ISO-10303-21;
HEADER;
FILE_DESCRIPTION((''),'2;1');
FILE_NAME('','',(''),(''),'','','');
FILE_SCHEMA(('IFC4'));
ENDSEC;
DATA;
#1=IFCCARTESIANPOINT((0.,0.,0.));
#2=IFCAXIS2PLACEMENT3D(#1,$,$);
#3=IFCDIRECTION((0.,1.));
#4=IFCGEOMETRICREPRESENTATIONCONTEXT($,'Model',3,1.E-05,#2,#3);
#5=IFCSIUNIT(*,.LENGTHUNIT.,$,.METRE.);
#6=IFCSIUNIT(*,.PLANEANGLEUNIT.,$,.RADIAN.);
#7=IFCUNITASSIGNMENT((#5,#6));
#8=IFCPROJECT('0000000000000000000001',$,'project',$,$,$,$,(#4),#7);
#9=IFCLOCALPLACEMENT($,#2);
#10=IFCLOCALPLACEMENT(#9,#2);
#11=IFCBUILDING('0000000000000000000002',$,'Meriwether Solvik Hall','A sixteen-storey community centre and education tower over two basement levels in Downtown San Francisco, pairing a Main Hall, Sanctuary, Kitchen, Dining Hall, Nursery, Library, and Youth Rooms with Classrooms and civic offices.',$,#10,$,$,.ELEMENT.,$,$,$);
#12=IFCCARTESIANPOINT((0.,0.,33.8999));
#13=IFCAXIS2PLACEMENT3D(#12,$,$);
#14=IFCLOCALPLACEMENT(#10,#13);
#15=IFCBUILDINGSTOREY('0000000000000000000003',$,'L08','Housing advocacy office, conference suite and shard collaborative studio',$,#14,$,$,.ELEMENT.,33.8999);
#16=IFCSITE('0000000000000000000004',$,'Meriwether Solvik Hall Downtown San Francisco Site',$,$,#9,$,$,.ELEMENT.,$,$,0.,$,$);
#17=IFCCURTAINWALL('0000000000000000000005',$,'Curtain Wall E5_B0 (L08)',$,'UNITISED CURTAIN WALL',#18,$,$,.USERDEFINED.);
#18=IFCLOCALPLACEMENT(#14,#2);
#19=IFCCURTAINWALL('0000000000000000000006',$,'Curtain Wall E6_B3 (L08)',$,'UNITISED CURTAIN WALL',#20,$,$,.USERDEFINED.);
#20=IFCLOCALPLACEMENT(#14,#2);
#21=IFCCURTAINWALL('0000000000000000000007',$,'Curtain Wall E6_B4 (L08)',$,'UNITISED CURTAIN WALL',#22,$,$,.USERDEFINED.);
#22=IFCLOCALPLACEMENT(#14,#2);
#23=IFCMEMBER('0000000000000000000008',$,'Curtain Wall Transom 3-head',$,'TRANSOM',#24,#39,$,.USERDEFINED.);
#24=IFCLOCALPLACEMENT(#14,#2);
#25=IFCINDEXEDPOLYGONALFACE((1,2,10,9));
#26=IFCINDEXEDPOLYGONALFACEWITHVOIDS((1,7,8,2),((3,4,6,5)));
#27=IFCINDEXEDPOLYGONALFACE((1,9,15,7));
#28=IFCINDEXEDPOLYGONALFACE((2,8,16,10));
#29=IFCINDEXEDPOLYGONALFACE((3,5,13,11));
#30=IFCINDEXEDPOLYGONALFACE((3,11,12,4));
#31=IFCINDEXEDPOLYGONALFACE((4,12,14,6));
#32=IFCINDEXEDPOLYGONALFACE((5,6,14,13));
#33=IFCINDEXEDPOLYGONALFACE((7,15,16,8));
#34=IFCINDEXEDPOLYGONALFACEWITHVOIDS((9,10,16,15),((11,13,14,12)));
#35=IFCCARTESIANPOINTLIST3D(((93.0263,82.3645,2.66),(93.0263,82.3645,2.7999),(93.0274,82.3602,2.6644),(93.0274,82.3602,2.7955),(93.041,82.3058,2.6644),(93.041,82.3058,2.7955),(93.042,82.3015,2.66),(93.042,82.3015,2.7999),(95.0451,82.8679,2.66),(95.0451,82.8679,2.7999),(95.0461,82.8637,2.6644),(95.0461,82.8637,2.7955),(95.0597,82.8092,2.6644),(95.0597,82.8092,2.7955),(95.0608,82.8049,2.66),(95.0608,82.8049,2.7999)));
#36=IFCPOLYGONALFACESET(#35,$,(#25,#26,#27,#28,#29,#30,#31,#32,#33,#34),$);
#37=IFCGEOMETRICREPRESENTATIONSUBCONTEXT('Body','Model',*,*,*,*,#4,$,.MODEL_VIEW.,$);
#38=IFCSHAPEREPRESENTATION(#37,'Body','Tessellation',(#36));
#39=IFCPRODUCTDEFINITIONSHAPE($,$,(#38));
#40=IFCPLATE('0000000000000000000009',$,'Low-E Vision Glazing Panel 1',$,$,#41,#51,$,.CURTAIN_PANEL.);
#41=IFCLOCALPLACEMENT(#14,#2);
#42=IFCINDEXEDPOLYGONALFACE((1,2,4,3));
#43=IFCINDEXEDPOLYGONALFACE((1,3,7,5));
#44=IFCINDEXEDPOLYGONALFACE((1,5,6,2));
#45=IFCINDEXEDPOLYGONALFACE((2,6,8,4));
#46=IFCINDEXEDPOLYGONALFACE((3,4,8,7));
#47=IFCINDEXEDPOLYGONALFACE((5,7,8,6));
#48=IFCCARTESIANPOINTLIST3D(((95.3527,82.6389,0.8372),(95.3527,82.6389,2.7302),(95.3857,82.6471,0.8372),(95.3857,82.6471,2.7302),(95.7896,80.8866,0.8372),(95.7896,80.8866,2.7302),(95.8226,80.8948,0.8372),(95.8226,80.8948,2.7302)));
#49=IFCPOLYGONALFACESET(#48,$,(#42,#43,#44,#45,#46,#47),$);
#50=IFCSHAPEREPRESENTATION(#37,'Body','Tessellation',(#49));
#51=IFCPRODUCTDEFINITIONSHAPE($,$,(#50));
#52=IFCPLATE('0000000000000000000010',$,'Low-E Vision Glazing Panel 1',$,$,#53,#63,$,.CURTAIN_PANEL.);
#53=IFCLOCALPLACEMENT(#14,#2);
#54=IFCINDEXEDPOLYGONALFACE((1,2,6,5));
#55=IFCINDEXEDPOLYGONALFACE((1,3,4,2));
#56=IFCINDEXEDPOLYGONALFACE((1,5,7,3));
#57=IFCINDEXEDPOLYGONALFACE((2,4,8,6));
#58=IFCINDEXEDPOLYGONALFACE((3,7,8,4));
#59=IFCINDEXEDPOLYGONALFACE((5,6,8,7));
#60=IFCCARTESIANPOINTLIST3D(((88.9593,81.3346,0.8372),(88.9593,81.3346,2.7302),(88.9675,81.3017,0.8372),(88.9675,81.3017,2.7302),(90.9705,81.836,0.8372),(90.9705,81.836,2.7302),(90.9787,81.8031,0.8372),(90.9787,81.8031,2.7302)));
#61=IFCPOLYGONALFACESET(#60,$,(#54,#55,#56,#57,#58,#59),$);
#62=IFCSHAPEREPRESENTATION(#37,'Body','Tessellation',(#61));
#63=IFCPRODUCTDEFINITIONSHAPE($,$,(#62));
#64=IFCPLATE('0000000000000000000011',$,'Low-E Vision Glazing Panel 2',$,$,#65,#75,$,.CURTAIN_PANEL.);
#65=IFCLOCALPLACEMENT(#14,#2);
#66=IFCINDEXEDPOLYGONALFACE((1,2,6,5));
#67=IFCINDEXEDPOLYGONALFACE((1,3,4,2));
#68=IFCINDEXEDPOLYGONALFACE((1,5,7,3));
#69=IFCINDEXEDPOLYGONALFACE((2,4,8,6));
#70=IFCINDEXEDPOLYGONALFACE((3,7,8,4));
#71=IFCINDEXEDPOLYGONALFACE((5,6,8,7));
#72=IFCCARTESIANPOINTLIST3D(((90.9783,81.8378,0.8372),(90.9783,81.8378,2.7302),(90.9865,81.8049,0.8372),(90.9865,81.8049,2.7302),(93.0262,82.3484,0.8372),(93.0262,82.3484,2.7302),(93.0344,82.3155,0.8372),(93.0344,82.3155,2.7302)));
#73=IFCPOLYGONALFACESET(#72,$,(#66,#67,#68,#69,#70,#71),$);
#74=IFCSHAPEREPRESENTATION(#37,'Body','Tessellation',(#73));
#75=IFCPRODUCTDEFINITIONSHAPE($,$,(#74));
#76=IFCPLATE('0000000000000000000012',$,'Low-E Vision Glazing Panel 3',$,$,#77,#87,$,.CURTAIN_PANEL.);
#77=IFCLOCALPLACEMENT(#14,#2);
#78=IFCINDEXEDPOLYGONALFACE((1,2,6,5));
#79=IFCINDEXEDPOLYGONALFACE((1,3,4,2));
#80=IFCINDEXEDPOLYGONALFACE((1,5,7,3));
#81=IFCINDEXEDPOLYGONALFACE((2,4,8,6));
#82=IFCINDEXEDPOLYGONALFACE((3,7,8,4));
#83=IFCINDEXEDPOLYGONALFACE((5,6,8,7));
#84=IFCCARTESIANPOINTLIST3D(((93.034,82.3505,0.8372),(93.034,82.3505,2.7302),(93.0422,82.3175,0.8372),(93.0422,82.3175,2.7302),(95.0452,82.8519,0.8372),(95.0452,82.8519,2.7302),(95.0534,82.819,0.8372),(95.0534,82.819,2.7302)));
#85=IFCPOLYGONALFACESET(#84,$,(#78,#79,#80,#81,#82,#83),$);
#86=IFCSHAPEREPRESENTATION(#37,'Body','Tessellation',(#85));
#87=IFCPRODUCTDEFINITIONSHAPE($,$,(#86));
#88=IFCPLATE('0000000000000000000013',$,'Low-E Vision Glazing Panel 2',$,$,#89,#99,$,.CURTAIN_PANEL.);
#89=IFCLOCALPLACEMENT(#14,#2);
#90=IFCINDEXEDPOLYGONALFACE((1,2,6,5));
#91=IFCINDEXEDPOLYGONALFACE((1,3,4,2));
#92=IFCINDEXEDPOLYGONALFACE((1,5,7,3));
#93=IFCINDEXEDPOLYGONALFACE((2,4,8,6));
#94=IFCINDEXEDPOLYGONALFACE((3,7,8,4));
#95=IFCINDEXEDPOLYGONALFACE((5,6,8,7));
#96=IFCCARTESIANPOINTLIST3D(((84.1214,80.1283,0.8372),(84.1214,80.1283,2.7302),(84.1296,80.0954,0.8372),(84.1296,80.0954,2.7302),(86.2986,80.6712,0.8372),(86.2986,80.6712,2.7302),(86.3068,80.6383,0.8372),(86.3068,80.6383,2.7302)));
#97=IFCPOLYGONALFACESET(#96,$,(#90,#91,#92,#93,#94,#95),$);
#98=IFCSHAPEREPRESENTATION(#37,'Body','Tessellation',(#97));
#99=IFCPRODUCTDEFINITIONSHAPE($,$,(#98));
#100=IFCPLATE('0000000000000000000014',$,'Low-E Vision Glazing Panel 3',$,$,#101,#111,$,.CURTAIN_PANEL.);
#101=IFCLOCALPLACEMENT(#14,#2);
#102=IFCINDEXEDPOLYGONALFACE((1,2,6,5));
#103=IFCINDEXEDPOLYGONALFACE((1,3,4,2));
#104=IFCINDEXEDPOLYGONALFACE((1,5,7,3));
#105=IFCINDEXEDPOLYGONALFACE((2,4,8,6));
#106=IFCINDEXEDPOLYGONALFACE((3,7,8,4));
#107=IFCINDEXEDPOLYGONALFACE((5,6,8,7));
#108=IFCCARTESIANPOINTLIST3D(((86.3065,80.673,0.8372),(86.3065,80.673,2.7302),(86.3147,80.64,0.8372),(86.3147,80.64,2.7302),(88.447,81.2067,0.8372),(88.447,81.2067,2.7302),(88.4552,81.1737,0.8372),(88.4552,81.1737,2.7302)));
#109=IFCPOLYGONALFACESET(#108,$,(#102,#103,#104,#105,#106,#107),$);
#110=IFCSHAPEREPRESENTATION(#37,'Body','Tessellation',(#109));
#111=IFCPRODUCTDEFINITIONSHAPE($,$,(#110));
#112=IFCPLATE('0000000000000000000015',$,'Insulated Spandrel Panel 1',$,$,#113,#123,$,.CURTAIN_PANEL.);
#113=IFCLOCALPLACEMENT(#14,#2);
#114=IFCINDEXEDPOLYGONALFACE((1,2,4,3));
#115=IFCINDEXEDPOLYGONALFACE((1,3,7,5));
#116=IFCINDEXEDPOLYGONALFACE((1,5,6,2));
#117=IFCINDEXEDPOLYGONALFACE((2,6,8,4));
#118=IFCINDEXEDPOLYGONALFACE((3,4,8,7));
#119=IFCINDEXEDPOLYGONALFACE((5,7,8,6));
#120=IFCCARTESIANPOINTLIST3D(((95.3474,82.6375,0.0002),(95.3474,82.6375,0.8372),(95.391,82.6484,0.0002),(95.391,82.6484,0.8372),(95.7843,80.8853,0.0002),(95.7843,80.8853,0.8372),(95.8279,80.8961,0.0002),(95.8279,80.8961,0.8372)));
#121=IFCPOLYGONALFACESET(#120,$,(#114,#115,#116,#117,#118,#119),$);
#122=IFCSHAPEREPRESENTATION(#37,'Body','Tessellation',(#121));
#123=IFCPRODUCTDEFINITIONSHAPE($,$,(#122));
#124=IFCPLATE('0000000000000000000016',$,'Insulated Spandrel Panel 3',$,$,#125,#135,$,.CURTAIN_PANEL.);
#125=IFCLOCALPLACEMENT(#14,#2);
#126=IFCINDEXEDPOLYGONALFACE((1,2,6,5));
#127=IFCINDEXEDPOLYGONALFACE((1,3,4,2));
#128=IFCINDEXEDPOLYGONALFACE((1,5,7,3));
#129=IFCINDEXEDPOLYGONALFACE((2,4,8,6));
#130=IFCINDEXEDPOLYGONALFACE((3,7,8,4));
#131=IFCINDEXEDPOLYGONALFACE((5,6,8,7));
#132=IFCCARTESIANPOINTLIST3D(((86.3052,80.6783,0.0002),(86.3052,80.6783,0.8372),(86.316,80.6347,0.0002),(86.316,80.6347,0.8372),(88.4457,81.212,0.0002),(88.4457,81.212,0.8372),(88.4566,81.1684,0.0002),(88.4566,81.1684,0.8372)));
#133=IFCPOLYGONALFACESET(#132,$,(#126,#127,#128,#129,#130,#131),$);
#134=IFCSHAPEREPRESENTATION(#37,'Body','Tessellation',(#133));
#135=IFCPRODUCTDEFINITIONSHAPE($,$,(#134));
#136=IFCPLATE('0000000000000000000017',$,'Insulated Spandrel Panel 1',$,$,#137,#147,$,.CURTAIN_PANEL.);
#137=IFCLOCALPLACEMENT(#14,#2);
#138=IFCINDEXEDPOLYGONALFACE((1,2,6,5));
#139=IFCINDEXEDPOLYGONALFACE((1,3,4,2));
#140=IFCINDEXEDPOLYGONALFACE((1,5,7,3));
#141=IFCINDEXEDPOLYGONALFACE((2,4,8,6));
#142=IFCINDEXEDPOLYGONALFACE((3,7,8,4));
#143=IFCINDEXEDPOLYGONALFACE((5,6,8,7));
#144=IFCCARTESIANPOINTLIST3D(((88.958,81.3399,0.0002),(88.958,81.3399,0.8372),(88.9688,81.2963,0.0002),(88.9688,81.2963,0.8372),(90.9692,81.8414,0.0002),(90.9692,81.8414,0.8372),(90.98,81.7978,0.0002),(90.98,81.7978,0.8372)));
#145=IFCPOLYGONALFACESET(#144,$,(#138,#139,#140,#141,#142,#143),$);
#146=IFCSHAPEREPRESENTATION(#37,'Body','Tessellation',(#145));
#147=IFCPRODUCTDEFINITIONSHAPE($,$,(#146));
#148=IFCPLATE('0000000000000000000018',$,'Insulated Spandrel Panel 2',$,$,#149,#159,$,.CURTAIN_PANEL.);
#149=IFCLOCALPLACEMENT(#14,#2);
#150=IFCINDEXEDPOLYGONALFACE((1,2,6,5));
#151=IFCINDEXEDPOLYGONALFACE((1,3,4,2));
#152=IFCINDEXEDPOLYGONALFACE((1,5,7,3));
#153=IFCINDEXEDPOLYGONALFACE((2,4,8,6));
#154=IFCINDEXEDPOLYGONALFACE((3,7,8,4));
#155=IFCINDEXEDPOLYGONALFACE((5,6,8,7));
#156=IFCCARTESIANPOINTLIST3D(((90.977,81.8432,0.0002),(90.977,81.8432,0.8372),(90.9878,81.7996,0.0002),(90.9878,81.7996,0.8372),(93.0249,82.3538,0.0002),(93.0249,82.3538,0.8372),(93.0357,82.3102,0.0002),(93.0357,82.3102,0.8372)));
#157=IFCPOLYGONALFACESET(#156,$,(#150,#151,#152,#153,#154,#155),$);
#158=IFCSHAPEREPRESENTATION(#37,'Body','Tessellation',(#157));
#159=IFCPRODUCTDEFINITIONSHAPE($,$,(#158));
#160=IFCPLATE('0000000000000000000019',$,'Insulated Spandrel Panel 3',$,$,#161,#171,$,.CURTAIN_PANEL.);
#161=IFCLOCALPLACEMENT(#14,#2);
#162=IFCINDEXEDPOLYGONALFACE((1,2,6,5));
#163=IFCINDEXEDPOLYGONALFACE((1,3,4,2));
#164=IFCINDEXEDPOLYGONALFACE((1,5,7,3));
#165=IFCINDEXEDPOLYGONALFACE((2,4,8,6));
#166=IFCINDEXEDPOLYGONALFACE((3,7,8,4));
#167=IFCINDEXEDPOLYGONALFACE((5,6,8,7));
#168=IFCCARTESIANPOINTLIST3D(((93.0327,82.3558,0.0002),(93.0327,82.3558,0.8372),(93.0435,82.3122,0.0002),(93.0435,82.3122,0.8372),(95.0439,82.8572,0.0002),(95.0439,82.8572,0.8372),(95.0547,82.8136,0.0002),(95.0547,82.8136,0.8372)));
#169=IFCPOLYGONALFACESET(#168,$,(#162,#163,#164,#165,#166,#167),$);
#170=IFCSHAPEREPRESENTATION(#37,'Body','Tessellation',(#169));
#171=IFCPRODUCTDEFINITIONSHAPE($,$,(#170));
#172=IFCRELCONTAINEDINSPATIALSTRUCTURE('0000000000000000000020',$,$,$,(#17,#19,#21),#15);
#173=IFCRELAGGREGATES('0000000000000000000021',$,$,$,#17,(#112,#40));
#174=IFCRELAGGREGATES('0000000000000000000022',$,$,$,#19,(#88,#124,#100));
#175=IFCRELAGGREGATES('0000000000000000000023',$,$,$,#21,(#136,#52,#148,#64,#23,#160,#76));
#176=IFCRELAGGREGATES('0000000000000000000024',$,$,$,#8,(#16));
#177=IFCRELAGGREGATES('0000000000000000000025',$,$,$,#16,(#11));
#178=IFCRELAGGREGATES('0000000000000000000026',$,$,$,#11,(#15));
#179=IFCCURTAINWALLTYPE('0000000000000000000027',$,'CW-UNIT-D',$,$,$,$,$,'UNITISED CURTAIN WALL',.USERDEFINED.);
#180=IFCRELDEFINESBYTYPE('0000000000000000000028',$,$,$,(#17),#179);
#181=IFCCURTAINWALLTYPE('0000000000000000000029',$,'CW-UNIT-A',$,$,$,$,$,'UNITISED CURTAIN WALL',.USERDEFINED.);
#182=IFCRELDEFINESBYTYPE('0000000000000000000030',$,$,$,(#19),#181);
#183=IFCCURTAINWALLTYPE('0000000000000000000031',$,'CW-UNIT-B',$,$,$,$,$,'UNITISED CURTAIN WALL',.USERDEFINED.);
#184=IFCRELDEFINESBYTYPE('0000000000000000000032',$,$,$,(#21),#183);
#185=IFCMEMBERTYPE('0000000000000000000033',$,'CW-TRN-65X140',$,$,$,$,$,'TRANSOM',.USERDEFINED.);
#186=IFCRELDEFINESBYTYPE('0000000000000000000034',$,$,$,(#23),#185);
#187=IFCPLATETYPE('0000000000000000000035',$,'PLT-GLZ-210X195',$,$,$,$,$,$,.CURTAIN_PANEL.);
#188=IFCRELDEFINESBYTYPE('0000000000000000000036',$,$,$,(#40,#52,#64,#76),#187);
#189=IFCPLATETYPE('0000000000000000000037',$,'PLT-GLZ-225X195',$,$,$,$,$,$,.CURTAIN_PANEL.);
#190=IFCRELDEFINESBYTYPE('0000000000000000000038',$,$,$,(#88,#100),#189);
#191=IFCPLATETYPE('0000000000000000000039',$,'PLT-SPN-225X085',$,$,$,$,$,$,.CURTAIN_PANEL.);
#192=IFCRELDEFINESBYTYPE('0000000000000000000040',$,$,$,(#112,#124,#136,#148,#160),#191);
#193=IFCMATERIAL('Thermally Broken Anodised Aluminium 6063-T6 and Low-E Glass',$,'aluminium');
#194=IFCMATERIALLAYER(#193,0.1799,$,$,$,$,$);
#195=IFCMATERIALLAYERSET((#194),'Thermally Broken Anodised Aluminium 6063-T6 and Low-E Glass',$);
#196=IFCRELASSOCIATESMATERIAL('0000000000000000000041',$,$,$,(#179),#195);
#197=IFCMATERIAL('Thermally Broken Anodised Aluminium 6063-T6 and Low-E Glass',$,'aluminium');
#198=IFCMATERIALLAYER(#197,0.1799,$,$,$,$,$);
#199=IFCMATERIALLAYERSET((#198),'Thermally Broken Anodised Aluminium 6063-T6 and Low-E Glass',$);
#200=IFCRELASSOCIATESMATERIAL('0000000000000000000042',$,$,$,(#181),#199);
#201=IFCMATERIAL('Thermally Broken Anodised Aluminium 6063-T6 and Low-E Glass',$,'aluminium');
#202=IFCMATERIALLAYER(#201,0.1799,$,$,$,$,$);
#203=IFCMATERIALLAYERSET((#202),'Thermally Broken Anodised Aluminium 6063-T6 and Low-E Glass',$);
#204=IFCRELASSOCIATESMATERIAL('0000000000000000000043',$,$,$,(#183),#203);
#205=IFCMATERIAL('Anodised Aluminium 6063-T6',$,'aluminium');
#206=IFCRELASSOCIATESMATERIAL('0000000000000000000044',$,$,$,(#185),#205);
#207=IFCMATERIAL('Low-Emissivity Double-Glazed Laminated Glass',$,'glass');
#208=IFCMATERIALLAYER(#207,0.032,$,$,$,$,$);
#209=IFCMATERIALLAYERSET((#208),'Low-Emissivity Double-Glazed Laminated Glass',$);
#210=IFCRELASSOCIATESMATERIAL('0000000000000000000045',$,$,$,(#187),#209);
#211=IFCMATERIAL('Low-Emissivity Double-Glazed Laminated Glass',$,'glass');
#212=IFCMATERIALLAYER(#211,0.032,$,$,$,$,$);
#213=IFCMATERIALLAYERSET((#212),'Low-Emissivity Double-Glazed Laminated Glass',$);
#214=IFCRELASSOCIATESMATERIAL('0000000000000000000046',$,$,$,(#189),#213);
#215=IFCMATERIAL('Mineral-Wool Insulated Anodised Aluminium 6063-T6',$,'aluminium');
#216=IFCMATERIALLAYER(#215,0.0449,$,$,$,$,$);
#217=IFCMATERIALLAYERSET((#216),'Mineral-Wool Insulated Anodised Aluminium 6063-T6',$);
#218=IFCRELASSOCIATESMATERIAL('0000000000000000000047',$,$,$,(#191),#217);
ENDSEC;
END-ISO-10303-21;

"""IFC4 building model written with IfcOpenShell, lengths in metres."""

from ifc_helpers import new_model, si_unit, direction, frame, origin, origin_2d, place, context, subcontext, project, spatial, rectangle, hollow_rectangle, extrude, material, layer, layer_set, material_profile, profile_set, type_object, element, aggregate, save


model = new_model("IFC4")

# Units and contexts
model_context = context("Model", 3, precision=1e-05, world=origin(), true_north=direction((0.0, 1.0)))
body_context = subcontext(model_context, "Body", "Model", "MODEL_VIEW")
ifc_project = project(units=[si_unit("LENGTHUNIT", "METRE"), si_unit("PLANEANGLEUNIT", "RADIAN")], contexts=[model_context])

# Site, building, storey
site_placement = place(None, origin())
site = spatial("IfcSite", under=ifc_project, at=site_placement, Name="Meriwether Solvik Hall Downtown San Francisco Site", CompositionType="ELEMENT", RefElevation=0.0)
building_placement = place(site_placement, origin())
building = spatial("IfcBuilding", under=site, at=building_placement, Name="Meriwether Solvik Hall", Description="A sixteen-storey community centre and education tower over two basement levels in Downtown San Francisco, pairing a Main Hall, Sanctuary, Kitchen, Dining Hall, Nursery, Library, and Youth Rooms with Classrooms and civic offices.", CompositionType="ELEMENT")
storey_placement = place(building_placement, frame((0.0, 0.0, 33.8999)))
storey = spatial("IfcBuildingStorey", under=building, at=storey_placement, Name="L08", Description="Housing advocacy office, conference suite and shard collaborative studio", CompositionType="ELEMENT", Elevation=33.8999)

# Curtain walls
ifc_material_1 = material(Name="Thermally Broken Anodised Aluminium 6063-T6 and Low-E Glass", Category="aluminium")
ifc_layer_1 = layer(ifc_material_1, 0.1799)
ifc_layer_set_1 = layer_set([ifc_layer_1], Name="Thermally Broken Anodised Aluminium 6063-T6 and Low-E Glass")
curtain_wall_type_1 = type_object("IfcCurtainWallType", Name="CW-UNIT-D", ElementType="UNITISED CURTAIN WALL", PredefinedType="USERDEFINED", material=ifc_layer_set_1)
curtain_wall_1_placement = place(storey_placement, origin())
curtain_wall_1 = element("IfcCurtainWall", 1, at=curtain_wall_1_placement, inside=storey, type_object=curtain_wall_type_1, Name="Curtain Wall E5_B0 (L08)", ObjectType="UNITISED CURTAIN WALL", PredefinedType="USERDEFINED")
ifc_material_2 = material(Name="Thermally Broken Anodised Aluminium 6063-T6 and Low-E Glass", Category="aluminium")
ifc_layer_2 = layer(ifc_material_2, 0.1799)
ifc_layer_set_2 = layer_set([ifc_layer_2], Name="Thermally Broken Anodised Aluminium 6063-T6 and Low-E Glass")
curtain_wall_type_2 = type_object("IfcCurtainWallType", Name="CW-UNIT-A", ElementType="UNITISED CURTAIN WALL", PredefinedType="USERDEFINED", material=ifc_layer_set_2)
curtain_wall_2_placement = place(storey_placement, origin())
curtain_wall_2 = element("IfcCurtainWall", 2, at=curtain_wall_2_placement, inside=storey, type_object=curtain_wall_type_2, Name="Curtain Wall E6_B3 (L08)", ObjectType="UNITISED CURTAIN WALL", PredefinedType="USERDEFINED")
ifc_material_3 = material(Name="Thermally Broken Anodised Aluminium 6063-T6 and Low-E Glass", Category="aluminium")
ifc_layer_3 = layer(ifc_material_3, 0.1799)
ifc_layer_set_3 = layer_set([ifc_layer_3], Name="Thermally Broken Anodised Aluminium 6063-T6 and Low-E Glass")
curtain_wall_type_3 = type_object("IfcCurtainWallType", Name="CW-UNIT-B", ElementType="UNITISED CURTAIN WALL", PredefinedType="USERDEFINED", material=ifc_layer_set_3)
curtain_wall_3_placement = place(storey_placement, origin())
curtain_wall_3 = element("IfcCurtainWall", 3, at=curtain_wall_3_placement, inside=storey, type_object=curtain_wall_type_3, Name="Curtain Wall E6_B4 (L08)", ObjectType="UNITISED CURTAIN WALL", PredefinedType="USERDEFINED")

# Member
ifc_material_4 = material(Name="Anodised Aluminium 6063-T6", Category="aluminium")
ifc_material_profile_1 = material_profile(ifc_material_4, hollow_rectangle(XDim=0.0649, YDim=0.1399, WallThickness=0.0044, at=origin_2d()), Name="CWT-65X140")
ifc_profile_set_1 = profile_set([ifc_material_profile_1], Name="Anodised Aluminium 6063-T6")
member_type_1 = type_object("IfcMemberType", Name="CW-TRN-65X140", ElementType="TRANSOM", PredefinedType="USERDEFINED", material=ifc_profile_set_1)
member_1_placement = place(storey_placement, frame((93.0342, 82.333, 2.73), z_axis=(0.970287, 0.241956, 0.0), x_axis=(-0.241956, 0.970287, 0.0)))
member_1 = element("IfcMember", 4, at=member_1_placement, type_object=member_type_1, Name="Curtain Wall Transom 3-head", ObjectType="TRANSOM", PredefinedType="USERDEFINED", context=body_context, shape_type="SweptSolid", body=[
    extrude(hollow_rectangle(XDim=0.0649, YDim=0.1399, WallThickness=0.0044, at=origin_2d()), origin(), (0.0, 0.0, 1.0), 2.0806),
])

# Plates
ifc_material_5 = material(Name="Low-Emissivity Double-Glazed Laminated Glass", Category="glass")
ifc_layer_4 = layer(ifc_material_5, 0.032)
ifc_layer_set_4 = layer_set([ifc_layer_4], Name="Low-Emissivity Double-Glazed Laminated Glass")
plate_type_1 = type_object("IfcPlateType", Name="PLT-GLZ-210X195", PredefinedType="CURTAIN_PANEL", material=ifc_layer_set_4)
plate_1_placement = place(storey_placement, frame((95.5876, 81.7668, 0.8372), z_axis=(0.0, 0.0, 1.0), x_axis=(0.241922, -0.970296, 0.0)))
plate_1 = element("IfcPlate", 5, at=plate_1_placement, type_object=plate_type_1, Name="Low-E Vision Glazing Panel 1", PredefinedType="CURTAIN_PANEL", context=body_context, shape_type="SweptSolid", body=[
    extrude(rectangle(XDim=1.8059, YDim=0.0339, at=origin_2d()), origin(), (0.0, 0.0, 1.0), 1.8931),
])
plate_2_placement = place(storey_placement, frame((89.969, 81.5688, 0.8372), z_axis=(0.0, 0.0, 1.0), x_axis=(0.970296, 0.241922, 0.0)))
plate_2 = element("IfcPlate", 6, at=plate_2_placement, type_object=plate_type_1, Name="Low-E Vision Glazing Panel 1", PredefinedType="CURTAIN_PANEL", context=body_context, shape_type="SweptSolid", body=[
    extrude(rectangle(XDim=2.0728, YDim=0.0339, at=origin_2d()), origin(), (0.0, 0.0, 1.0), 1.8931),
])
plate_3_placement = place(storey_placement, frame((92.0063, 82.0767, 0.8372), z_axis=(0.0, 0.0, 1.0), x_axis=(0.970296, 0.241922, 0.0)))
plate_3 = element("IfcPlate", 7, at=plate_3_placement, type_object=plate_type_1, Name="Low-E Vision Glazing Panel 2", PredefinedType="CURTAIN_PANEL", context=body_context, shape_type="SweptSolid", body=[
    extrude(rectangle(XDim=2.1106, YDim=0.0339, at=origin_2d()), origin(), (0.0, 0.0, 1.0), 1.8931),
])
plate_4_placement = place(storey_placement, frame((94.0437, 82.5847, 0.8372), z_axis=(0.0, 0.0, 1.0), x_axis=(0.970296, 0.241922, 0.0)))
plate_4 = element("IfcPlate", 8, at=plate_4_placement, type_object=plate_type_1, Name="Low-E Vision Glazing Panel 3", PredefinedType="CURTAIN_PANEL", context=body_context, shape_type="SweptSolid", body=[
    extrude(rectangle(XDim=2.0728, YDim=0.0339, at=origin_2d()), origin(), (0.0, 0.0, 1.0), 1.8931),
])
ifc_material_6 = material(Name="Low-Emissivity Double-Glazed Laminated Glass", Category="glass")
ifc_layer_5 = layer(ifc_material_6, 0.032)
ifc_layer_set_5 = layer_set([ifc_layer_5], Name="Low-Emissivity Double-Glazed Laminated Glass")
plate_type_2 = type_object("IfcPlateType", Name="PLT-GLZ-225X195", PredefinedType="CURTAIN_PANEL", material=ifc_layer_set_5)
plate_5_placement = place(storey_placement, frame((85.2141, 80.3833, 0.8372), z_axis=(0.0, 0.0, 1.0), x_axis=(0.970296, 0.241922, 0.0)))
plate_5 = element("IfcPlate", 9, at=plate_5_placement, type_object=plate_type_2, Name="Low-E Vision Glazing Panel 2", PredefinedType="CURTAIN_PANEL", context=body_context, shape_type="SweptSolid", body=[
    extrude(rectangle(XDim=2.2439, YDim=0.0339, at=origin_2d()), origin(), (0.0, 0.0, 1.0), 1.8931),
])
plate_6_placement = place(storey_placement, frame((87.3809, 80.9233, 0.8372), z_axis=(0.0, 0.0, 1.0), x_axis=(0.970296, 0.241922, 0.0)))
plate_6 = element("IfcPlate", 10, at=plate_6_placement, type_object=plate_type_2, Name="Low-E Vision Glazing Panel 3", PredefinedType="CURTAIN_PANEL", context=body_context, shape_type="SweptSolid", body=[
    extrude(rectangle(XDim=2.2061, YDim=0.0339, at=origin_2d()), origin(), (0.0, 0.0, 1.0), 1.8931),
])
ifc_material_7 = material(Name="Mineral-Wool Insulated Anodised Aluminium 6063-T6", Category="aluminium")
ifc_layer_6 = layer(ifc_material_7, 0.0449)
ifc_layer_set_6 = layer_set([ifc_layer_6], Name="Mineral-Wool Insulated Anodised Aluminium 6063-T6")
plate_type_3 = type_object("IfcPlateType", Name="PLT-SPN-225X085", PredefinedType="CURTAIN_PANEL", material=ifc_layer_set_6)
plate_7_placement = place(storey_placement, frame((95.5876, 81.7668, 0.0002), z_axis=(0.0, 0.0, 1.0), x_axis=(0.241922, -0.970296, 0.0)))
plate_7 = element("IfcPlate", 11, at=plate_7_placement, type_object=plate_type_3, Name="Insulated Spandrel Panel 1", PredefinedType="CURTAIN_PANEL", context=body_context, shape_type="SweptSolid", body=[
    extrude(rectangle(XDim=1.8059, YDim=0.0449, at=origin_2d()), origin(), (0.0, 0.0, 1.0), 0.8369),
])
aggregate(curtain_wall_1, [plate_7, plate_1])
plate_8_placement = place(storey_placement, frame((87.3809, 80.9233, 0.0002), z_axis=(0.0, 0.0, 1.0), x_axis=(0.970296, 0.241922, 0.0)))
plate_8 = element("IfcPlate", 12, at=plate_8_placement, type_object=plate_type_3, Name="Insulated Spandrel Panel 3", PredefinedType="CURTAIN_PANEL", context=body_context, shape_type="SweptSolid", body=[
    extrude(rectangle(XDim=2.2061, YDim=0.0449, at=origin_2d()), origin(), (0.0, 0.0, 1.0), 0.8369),
])
aggregate(curtain_wall_2, [plate_5, plate_8, plate_6])
plate_9_placement = place(storey_placement, frame((89.969, 81.5688, 0.0002), z_axis=(0.0, 0.0, 1.0), x_axis=(0.970296, 0.241922, 0.0)))
plate_9 = element("IfcPlate", 13, at=plate_9_placement, type_object=plate_type_3, Name="Insulated Spandrel Panel 1", PredefinedType="CURTAIN_PANEL", context=body_context, shape_type="SweptSolid", body=[
    extrude(rectangle(XDim=2.0728, YDim=0.0449, at=origin_2d()), origin(), (0.0, 0.0, 1.0), 0.8369),
])
plate_10_placement = place(storey_placement, frame((92.0063, 82.0767, 0.0002), z_axis=(0.0, 0.0, 1.0), x_axis=(0.970296, 0.241922, 0.0)))
plate_10 = element("IfcPlate", 14, at=plate_10_placement, type_object=plate_type_3, Name="Insulated Spandrel Panel 2", PredefinedType="CURTAIN_PANEL", context=body_context, shape_type="SweptSolid", body=[
    extrude(rectangle(XDim=2.1106, YDim=0.0449, at=origin_2d()), origin(), (0.0, 0.0, 1.0), 0.8369),
])
plate_11_placement = place(storey_placement, frame((94.0437, 82.5847, 0.0002), z_axis=(0.0, 0.0, 1.0), x_axis=(0.970296, 0.241922, 0.0)))
plate_11 = element("IfcPlate", 15, at=plate_11_placement, type_object=plate_type_3, Name="Insulated Spandrel Panel 3", PredefinedType="CURTAIN_PANEL", context=body_context, shape_type="SweptSolid", body=[
    extrude(rectangle(XDim=2.0728, YDim=0.0449, at=origin_2d()), origin(), (0.0, 0.0, 1.0), 0.8369),
])
aggregate(curtain_wall_3, [plate_9, plate_2, plate_10, plate_3, member_1, plate_11, plate_4])

save(model, "model.ifc")
